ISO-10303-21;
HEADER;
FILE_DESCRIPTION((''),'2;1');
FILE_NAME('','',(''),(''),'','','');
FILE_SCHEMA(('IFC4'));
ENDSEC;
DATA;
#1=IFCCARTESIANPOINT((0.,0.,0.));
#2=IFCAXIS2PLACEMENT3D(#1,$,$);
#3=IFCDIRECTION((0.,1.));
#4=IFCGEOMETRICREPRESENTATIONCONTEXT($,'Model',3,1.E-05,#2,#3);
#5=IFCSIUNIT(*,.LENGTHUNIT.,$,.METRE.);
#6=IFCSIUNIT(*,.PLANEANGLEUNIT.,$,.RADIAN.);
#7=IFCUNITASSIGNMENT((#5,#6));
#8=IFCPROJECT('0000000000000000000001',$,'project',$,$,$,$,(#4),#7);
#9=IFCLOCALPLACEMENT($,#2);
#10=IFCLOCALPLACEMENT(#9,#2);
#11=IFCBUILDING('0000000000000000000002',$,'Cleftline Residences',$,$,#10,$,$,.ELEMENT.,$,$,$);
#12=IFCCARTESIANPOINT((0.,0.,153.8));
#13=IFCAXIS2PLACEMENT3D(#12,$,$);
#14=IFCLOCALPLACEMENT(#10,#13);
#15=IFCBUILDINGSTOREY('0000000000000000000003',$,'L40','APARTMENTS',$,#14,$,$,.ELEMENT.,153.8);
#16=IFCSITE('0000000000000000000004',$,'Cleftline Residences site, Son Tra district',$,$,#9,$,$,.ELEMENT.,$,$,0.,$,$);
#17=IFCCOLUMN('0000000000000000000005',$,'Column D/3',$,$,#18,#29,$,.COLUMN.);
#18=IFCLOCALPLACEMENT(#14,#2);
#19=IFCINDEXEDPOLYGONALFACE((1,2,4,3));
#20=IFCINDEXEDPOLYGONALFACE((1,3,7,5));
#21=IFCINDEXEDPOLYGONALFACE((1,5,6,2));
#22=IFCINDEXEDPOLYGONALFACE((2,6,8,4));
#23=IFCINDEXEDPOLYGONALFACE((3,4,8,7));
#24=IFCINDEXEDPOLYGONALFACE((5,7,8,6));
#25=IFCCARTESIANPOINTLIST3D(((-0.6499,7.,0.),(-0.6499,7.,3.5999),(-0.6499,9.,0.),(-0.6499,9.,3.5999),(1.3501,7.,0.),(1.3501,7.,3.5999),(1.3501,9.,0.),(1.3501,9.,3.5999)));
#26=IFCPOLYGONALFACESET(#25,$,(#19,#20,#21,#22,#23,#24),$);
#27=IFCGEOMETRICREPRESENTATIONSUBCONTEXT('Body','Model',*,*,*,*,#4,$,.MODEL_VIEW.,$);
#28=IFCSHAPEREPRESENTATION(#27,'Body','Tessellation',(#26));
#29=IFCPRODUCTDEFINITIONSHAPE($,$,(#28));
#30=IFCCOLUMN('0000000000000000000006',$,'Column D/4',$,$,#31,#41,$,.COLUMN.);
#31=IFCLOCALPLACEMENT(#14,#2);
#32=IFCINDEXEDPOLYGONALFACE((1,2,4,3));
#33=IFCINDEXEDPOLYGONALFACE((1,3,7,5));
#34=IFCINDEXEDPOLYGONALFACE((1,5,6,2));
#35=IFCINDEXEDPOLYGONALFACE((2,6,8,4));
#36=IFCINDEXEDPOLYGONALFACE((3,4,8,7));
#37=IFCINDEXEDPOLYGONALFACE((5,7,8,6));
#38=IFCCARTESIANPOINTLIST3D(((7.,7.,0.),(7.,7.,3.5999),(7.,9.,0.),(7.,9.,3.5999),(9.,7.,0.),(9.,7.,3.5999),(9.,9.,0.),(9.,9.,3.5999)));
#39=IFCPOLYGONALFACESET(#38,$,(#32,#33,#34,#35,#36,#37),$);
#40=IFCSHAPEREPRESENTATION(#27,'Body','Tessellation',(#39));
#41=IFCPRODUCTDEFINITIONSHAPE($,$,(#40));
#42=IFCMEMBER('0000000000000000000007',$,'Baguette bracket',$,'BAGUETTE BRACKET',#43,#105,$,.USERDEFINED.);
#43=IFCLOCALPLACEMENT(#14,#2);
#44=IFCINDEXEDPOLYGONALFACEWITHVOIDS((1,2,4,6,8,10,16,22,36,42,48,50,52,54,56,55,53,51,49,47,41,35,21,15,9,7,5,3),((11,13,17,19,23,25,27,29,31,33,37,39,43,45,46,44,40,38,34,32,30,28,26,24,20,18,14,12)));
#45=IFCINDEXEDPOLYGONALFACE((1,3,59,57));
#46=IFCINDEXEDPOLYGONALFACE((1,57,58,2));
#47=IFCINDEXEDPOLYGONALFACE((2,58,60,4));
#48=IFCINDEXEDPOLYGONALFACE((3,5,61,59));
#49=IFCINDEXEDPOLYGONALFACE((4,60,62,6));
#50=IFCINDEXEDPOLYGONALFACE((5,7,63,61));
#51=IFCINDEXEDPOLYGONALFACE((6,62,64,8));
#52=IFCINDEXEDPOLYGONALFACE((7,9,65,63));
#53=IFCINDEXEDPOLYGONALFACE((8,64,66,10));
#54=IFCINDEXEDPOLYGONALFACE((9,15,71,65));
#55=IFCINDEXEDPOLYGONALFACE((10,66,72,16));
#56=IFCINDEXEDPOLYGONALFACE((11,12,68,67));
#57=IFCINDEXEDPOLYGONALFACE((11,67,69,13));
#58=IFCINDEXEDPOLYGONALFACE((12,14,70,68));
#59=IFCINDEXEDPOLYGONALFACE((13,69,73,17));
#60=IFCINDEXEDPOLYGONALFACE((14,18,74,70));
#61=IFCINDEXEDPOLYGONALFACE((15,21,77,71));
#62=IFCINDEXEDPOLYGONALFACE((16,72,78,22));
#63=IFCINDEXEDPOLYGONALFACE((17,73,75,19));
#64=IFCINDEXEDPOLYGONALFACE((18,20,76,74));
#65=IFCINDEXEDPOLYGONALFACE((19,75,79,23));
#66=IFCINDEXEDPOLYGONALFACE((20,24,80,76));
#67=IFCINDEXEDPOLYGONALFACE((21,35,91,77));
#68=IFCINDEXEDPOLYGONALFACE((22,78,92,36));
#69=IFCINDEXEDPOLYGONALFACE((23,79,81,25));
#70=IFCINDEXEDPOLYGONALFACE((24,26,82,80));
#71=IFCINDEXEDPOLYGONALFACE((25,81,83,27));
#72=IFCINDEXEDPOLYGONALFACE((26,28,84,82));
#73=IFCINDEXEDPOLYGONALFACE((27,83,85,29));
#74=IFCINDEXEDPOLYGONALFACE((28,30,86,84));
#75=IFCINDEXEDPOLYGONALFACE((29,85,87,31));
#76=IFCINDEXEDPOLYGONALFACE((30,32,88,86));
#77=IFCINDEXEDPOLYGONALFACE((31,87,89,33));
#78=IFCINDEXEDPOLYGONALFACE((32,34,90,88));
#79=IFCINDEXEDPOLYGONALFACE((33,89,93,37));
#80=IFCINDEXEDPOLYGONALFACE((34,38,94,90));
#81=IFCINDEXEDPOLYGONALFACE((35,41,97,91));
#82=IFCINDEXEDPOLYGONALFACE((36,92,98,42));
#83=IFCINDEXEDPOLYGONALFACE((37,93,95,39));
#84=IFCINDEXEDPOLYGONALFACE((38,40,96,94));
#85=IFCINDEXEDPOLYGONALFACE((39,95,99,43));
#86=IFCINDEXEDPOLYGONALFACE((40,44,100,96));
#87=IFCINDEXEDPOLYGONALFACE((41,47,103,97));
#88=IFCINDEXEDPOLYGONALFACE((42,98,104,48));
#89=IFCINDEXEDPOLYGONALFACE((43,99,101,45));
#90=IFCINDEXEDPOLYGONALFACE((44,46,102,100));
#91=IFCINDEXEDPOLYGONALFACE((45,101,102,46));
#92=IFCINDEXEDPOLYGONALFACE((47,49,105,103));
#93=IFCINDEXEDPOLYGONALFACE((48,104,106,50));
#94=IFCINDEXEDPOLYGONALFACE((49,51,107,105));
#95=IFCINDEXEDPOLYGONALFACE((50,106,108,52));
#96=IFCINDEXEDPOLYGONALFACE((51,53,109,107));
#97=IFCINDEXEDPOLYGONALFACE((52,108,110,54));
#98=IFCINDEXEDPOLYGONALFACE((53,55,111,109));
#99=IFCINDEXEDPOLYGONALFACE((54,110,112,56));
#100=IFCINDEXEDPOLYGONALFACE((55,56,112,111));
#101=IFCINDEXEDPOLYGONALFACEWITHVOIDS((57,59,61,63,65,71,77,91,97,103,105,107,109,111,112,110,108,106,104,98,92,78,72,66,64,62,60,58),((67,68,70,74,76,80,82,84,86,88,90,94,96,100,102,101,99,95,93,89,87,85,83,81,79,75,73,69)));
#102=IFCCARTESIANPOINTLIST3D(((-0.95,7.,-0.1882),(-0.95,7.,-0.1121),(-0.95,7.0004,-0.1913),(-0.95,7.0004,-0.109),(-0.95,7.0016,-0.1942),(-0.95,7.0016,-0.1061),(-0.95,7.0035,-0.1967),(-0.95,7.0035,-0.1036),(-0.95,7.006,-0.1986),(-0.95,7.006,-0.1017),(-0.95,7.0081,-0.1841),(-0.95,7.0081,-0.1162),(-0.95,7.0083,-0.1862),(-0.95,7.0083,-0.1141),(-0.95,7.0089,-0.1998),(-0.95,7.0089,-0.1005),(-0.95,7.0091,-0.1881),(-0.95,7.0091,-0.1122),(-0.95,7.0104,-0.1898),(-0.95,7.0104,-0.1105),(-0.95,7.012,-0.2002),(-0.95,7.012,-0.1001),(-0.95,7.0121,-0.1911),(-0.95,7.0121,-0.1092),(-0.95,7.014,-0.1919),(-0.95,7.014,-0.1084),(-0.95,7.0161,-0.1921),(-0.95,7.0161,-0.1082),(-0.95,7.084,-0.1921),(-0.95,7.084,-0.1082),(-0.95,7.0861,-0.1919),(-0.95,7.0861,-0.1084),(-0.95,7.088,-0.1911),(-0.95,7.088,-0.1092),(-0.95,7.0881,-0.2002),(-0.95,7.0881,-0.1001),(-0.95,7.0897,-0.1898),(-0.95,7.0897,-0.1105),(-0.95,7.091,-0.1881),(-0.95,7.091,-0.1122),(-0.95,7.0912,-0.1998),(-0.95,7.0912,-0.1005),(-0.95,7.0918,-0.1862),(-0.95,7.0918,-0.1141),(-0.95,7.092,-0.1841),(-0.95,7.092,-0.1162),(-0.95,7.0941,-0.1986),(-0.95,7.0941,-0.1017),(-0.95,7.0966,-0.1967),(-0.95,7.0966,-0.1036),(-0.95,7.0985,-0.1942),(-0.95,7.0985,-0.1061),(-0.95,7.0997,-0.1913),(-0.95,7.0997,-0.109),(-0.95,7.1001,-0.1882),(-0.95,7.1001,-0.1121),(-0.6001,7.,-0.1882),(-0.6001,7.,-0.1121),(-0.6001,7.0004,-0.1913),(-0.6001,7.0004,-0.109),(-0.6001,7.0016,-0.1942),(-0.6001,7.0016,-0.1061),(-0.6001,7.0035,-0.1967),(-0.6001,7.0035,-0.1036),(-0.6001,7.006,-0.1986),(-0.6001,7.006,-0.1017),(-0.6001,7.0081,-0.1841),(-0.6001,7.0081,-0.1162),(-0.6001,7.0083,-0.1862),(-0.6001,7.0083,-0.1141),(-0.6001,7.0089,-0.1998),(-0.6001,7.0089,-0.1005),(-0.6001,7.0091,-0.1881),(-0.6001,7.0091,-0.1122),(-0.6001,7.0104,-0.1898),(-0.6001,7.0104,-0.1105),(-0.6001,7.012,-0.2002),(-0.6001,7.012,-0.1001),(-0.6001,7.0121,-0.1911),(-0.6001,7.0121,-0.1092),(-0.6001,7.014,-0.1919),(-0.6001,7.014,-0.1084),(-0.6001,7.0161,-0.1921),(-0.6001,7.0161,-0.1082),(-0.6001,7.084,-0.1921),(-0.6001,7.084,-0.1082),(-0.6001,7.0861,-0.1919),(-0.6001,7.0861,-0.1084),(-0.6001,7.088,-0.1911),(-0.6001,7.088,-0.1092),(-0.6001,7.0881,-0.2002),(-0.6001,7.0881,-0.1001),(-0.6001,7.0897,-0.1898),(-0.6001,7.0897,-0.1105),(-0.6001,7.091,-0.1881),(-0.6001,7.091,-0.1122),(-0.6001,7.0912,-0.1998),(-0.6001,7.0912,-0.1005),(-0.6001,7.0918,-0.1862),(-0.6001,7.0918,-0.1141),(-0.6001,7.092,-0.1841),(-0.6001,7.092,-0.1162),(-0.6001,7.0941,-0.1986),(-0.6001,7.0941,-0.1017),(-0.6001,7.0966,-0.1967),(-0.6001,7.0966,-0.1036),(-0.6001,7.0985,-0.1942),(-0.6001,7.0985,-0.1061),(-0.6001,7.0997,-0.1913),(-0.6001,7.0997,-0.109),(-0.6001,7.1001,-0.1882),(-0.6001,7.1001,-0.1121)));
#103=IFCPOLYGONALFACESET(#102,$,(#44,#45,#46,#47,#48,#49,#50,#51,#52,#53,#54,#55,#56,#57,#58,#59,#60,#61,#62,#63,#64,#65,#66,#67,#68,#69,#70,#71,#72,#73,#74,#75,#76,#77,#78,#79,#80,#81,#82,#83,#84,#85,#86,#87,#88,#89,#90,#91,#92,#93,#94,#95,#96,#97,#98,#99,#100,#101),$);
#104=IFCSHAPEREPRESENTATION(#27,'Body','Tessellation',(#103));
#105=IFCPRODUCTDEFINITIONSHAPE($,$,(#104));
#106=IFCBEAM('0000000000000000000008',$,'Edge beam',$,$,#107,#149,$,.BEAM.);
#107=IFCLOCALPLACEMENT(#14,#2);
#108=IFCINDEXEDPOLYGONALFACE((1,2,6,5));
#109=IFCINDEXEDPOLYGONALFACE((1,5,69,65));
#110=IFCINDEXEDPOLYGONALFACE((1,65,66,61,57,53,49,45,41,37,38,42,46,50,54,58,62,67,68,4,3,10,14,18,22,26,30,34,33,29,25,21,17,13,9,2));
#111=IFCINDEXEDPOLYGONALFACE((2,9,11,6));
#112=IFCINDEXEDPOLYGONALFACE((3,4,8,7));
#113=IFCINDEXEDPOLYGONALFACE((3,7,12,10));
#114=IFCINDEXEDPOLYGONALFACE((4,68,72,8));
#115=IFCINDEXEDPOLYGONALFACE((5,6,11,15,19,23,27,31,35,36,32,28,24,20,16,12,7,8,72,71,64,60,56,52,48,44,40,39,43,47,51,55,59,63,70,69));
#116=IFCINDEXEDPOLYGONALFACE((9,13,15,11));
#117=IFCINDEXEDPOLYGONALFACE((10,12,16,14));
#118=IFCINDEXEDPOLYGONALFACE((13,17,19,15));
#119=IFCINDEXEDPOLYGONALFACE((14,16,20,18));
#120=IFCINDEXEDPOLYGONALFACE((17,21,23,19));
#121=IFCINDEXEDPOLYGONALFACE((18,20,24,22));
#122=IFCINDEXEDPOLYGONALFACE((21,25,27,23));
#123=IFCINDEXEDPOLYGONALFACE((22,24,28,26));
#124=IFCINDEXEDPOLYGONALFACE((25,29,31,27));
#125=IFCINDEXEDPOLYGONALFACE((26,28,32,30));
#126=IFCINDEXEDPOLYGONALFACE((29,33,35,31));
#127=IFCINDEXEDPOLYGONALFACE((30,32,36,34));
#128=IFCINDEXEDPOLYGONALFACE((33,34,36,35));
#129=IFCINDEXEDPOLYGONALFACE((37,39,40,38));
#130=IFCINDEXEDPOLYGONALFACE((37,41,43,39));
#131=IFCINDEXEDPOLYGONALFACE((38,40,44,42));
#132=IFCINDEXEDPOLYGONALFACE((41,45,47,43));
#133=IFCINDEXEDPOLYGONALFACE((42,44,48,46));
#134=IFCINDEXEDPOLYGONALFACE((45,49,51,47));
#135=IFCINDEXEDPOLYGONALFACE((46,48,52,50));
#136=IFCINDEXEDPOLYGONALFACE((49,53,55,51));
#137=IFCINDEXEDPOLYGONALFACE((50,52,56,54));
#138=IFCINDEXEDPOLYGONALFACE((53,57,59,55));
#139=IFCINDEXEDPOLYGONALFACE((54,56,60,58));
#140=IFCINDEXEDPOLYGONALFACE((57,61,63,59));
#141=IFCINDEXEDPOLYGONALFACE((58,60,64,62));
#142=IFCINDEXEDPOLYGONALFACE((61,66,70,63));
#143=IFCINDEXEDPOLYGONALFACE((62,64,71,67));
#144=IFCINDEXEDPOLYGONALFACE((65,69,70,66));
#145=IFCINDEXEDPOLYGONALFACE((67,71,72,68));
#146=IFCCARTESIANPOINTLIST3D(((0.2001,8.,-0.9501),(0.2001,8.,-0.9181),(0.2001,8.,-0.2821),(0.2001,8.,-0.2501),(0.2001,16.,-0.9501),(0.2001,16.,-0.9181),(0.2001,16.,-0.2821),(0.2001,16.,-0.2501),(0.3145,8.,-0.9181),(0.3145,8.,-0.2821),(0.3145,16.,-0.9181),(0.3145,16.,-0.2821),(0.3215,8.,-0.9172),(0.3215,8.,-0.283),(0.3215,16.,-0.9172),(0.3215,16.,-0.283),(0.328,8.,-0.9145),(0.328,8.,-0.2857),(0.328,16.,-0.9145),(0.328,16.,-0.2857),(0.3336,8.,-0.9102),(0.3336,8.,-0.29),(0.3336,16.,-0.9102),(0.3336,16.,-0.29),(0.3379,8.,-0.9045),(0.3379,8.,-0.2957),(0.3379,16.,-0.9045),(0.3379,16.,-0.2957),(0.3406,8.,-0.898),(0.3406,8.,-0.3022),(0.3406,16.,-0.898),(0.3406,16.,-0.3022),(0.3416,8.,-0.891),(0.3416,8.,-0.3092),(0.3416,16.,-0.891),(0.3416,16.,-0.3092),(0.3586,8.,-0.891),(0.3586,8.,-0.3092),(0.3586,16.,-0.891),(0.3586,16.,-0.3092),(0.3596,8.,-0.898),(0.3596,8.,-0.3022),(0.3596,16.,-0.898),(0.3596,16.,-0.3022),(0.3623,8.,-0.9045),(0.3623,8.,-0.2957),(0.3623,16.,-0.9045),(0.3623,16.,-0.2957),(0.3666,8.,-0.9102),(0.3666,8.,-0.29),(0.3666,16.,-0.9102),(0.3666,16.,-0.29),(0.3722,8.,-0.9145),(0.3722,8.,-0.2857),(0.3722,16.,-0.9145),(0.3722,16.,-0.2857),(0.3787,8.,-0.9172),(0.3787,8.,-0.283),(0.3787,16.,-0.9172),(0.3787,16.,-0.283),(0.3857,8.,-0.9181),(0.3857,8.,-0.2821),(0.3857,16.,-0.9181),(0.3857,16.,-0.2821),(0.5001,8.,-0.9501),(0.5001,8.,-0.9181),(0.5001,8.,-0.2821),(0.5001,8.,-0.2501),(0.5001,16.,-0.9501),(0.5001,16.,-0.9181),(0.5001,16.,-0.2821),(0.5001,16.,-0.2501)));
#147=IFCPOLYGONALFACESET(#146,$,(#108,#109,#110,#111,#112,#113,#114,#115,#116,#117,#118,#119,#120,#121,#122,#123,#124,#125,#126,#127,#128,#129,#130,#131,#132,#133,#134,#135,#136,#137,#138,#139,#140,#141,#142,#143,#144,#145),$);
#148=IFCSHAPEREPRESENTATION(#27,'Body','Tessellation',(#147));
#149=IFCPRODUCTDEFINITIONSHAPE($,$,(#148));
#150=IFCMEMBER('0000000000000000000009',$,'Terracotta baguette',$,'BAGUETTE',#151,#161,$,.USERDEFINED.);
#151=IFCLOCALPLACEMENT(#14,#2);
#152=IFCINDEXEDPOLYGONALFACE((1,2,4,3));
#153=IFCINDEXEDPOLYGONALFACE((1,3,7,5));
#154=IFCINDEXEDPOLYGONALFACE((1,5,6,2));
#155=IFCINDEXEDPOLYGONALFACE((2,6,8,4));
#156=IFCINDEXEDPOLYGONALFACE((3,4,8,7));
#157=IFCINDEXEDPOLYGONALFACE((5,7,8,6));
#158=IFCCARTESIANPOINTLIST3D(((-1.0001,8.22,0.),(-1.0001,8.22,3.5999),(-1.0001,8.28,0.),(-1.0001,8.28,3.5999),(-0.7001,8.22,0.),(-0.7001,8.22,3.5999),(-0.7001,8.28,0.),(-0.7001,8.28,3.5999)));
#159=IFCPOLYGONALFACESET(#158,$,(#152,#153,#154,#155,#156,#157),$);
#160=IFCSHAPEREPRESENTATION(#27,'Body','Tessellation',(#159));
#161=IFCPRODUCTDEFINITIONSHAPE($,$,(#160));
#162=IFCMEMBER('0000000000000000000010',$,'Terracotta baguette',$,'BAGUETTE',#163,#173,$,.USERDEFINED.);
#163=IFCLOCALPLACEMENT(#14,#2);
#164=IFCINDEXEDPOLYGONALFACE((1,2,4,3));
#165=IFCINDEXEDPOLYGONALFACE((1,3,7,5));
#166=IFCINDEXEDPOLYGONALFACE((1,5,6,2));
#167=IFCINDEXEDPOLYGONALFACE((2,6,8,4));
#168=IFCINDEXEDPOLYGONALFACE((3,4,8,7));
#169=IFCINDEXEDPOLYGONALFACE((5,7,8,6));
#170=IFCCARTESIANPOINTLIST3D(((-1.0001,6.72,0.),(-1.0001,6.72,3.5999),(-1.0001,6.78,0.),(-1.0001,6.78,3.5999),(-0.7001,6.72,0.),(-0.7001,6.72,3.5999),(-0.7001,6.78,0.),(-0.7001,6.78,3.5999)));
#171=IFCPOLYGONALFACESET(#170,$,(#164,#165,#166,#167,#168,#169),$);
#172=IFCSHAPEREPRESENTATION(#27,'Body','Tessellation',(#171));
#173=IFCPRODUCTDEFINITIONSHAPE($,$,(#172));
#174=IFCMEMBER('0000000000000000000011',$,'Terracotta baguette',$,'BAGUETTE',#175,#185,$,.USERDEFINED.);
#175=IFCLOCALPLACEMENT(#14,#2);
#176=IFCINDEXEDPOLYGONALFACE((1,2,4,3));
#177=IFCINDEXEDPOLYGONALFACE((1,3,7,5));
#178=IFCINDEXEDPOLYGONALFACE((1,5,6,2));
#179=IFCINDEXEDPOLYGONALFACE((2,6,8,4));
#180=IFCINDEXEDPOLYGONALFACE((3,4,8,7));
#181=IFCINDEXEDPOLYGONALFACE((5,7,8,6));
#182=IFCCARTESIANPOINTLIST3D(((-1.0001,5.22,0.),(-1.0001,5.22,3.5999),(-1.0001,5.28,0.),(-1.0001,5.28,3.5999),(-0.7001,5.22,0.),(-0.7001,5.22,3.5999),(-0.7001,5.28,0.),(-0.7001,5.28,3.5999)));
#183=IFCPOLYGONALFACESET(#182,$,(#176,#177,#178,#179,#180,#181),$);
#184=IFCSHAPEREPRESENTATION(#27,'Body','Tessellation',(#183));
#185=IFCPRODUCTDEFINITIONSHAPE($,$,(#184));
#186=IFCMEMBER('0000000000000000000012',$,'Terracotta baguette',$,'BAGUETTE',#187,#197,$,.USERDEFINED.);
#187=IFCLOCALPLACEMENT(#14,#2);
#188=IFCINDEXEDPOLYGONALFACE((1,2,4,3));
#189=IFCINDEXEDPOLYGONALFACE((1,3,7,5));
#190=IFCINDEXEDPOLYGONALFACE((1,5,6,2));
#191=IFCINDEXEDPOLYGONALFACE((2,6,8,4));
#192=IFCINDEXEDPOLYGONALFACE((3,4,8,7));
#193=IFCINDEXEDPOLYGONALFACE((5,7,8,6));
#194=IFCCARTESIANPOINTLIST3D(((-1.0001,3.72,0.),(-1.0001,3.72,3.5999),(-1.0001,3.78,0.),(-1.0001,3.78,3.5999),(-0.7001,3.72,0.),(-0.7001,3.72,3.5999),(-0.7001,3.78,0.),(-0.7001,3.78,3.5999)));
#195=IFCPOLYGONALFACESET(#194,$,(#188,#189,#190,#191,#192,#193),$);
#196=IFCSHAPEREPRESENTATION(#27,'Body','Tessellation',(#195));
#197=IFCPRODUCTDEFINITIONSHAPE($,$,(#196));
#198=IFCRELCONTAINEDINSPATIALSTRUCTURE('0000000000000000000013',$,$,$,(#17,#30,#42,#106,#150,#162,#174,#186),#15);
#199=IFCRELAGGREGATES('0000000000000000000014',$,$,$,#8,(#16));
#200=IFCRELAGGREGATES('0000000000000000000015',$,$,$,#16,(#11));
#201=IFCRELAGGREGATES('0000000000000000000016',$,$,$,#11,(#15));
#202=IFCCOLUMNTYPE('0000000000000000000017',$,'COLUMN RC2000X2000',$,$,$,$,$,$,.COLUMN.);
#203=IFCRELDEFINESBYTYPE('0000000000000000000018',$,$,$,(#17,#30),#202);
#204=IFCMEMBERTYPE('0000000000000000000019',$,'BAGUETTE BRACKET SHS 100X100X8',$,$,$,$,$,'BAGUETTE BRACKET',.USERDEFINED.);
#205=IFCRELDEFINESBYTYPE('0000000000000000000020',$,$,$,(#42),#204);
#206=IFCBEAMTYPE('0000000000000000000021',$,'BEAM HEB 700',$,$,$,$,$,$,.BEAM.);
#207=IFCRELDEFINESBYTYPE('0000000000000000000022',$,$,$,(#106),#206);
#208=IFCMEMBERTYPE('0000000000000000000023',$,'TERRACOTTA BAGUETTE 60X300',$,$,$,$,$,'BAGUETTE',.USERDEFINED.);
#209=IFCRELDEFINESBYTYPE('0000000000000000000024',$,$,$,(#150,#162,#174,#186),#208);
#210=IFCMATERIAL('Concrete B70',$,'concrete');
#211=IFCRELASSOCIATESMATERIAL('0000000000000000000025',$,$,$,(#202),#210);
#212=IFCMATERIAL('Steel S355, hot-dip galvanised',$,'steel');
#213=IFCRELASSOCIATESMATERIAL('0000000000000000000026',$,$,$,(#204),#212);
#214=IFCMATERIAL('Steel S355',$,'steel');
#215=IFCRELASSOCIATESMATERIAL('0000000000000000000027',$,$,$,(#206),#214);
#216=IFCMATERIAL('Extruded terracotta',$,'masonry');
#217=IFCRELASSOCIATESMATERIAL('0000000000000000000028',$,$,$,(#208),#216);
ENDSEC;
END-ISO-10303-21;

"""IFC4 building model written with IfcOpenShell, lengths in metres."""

from ifc_helpers import new_model, si_unit, direction, frame, origin, origin_2d, place, context, subcontext, project, spatial, rectangle, hollow_rectangle, i_section, extrude, material, material_profile, profile_set, type_object, element, save


model = new_model("IFC4")

# Units and contexts
model_context = context("Model", 3, precision=1e-05, world=origin(), true_north=direction((0.0, 1.0)))
body_context = subcontext(model_context, "Body", "Model", "MODEL_VIEW")
ifc_project = project(units=[si_unit("LENGTHUNIT", "METRE"), si_unit("PLANEANGLEUNIT", "RADIAN")], contexts=[model_context])

# Site, building, storey
site_placement = place(None, origin())
site = spatial("IfcSite", under=ifc_project, at=site_placement, Name="Cleftline Residences site, Son Tra district", CompositionType="ELEMENT", RefElevation=0.0)
building_placement = place(site_placement, origin())
building = spatial("IfcBuilding", under=site, at=building_placement, Name="Cleftline Residences", CompositionType="ELEMENT")
storey_placement = place(building_placement, frame((0.0, 0.0, 153.8)))
storey = spatial("IfcBuildingStorey", under=building, at=storey_placement, Name="L40", Description="APARTMENTS", CompositionType="ELEMENT", Elevation=153.8)

# Columns
ifc_material_1 = material(Name="Concrete B70", Category="concrete")
ifc_material_profile_1 = material_profile(ifc_material_1, rectangle(XDim=2.0, YDim=2.0, at=origin_2d()))
ifc_profile_set_1 = profile_set([ifc_material_profile_1], Name="Concrete B70")
column_type = type_object("IfcColumnType", Name="COLUMN RC2000X2000", PredefinedType="COLUMN", material=ifc_profile_set_1)
for number, where, z_axis, x_axis, name in (
    (1, (0.3501, 8.0, 0.0), (0.0, 0.0, 1.0), (1.0, 0.0, 0.0), "Column D/3"),
    (2, (8.0, 8.0, 0.0), (0.0, 0.0, 1.0), (1.0, 0.0, 0.0), "Column D/4"),
):
    element("IfcColumn", number, at=place(storey_placement, frame(where, z_axis=z_axis, x_axis=x_axis)), inside=storey, type_object=column_type, Name=name, PredefinedType="COLUMN", context=body_context, shape_type="SweptSolid", body=[
        extrude(rectangle(XDim=2.0, YDim=2.0, at=origin_2d()), origin(), (0.0, 0.0, 1.0), 3.5999),
    ])

# Member
ifc_material_2 = material(Name="Steel S355, hot-dip galvanised", Category="steel")
ifc_material_profile_2 = material_profile(ifc_material_2, hollow_rectangle(XDim=0.1001, YDim=0.1001, WallThickness=0.0081, InnerFilletRadius=0.0081, OuterFilletRadius=0.012, at=origin_2d()))
ifc_profile_set_2 = profile_set([ifc_material_profile_2], Name="Steel S355, hot-dip galvanised")
member_type_1 = type_object("IfcMemberType", Name="BAGUETTE BRACKET SHS 100X100X8", ElementType="BAGUETTE BRACKET", PredefinedType="USERDEFINED", material=ifc_profile_set_2)
member_placement = place(storey_placement, frame((-0.6001, 7.05, -0.1501), z_axis=(-1.0, 0.0, 0.0), x_axis=(0.0, -1.0, 0.0)))
element("IfcMember", 3, at=member_placement, inside=storey, type_object=member_type_1, Name="Baguette bracket", ObjectType="BAGUETTE BRACKET", PredefinedType="USERDEFINED", context=body_context, shape_type="SweptSolid", body=[
    extrude(hollow_rectangle(XDim=0.1001, YDim=0.1001, WallThickness=0.0081, InnerFilletRadius=0.0081, OuterFilletRadius=0.012, at=origin_2d()), origin(), (0.0, 0.0, 1.0), 0.3499),
])

# Beam
ifc_material_3 = material(Name="Steel S355", Category="steel")
ifc_material_profile_3 = material_profile(ifc_material_3, i_section(OverallWidth=0.3, OverallDepth=0.7, WebThickness=0.0171, FlangeThickness=0.032, FilletRadius=0.0271, at=origin_2d()))
ifc_profile_set_3 = profile_set([ifc_material_profile_3], Name="Steel S355")
beam_type = type_object("IfcBeamType", Name="BEAM HEB 700", PredefinedType="BEAM", material=ifc_profile_set_3)
beam_placement = place(storey_placement, frame((0.3501, 8.0, -0.6001), z_axis=(0.0, 1.0, 0.0), x_axis=(-1.0, 0.0, 0.0)))
element("IfcBeam", 4, at=beam_placement, inside=storey, type_object=beam_type, Name="Edge beam", PredefinedType="BEAM", context=body_context, shape_type="SweptSolid", body=[
    extrude(i_section(OverallWidth=0.3, OverallDepth=0.7, WebThickness=0.0171, FlangeThickness=0.032, FilletRadius=0.0271, at=origin_2d()), origin(), (0.0, 0.0, 1.0), 8.0),
])

# Members
ifc_material_4 = material(Name="Extruded terracotta", Category="masonry")
ifc_material_profile_4 = material_profile(ifc_material_4, rectangle(XDim=0.0601, YDim=0.3, at=origin_2d()))
ifc_profile_set_4 = profile_set([ifc_material_profile_4], Name="Extruded terracotta")
member_type_2 = type_object("IfcMemberType", Name="TERRACOTTA BAGUETTE 60X300", ElementType="BAGUETTE", PredefinedType="USERDEFINED", material=ifc_profile_set_4)
for number, where, z_axis, x_axis, name in (
    (5, (-0.8501, 8.25, 0.0), (0.0, 0.0, 1.0), (0.0, 1.0, 0.0), "Terracotta baguette"),
    (6, (-0.8501, 6.75, 0.0), (0.0, 0.0, 1.0), (0.0, 1.0, 0.0), "Terracotta baguette"),
    (7, (-0.8501, 5.25, 0.0), (0.0, 0.0, 1.0), (0.0, 1.0, 0.0), "Terracotta baguette"),
    (8, (-0.8501, 3.75, 0.0), (0.0, 0.0, 1.0), (0.0, 1.0, 0.0), "Terracotta baguette"),
):
    element("IfcMember", number, at=place(storey_placement, frame(where, z_axis=z_axis, x_axis=x_axis)), inside=storey, type_object=member_type_2, Name=name, ObjectType="BAGUETTE", PredefinedType="USERDEFINED", context=body_context, shape_type="SweptSolid", body=[
        extrude(rectangle(XDim=0.0601, YDim=0.3, at=origin_2d()), origin(), (0.0, 0.0, 1.0), 3.5999),
    ])

save(model, "model.ifc")
